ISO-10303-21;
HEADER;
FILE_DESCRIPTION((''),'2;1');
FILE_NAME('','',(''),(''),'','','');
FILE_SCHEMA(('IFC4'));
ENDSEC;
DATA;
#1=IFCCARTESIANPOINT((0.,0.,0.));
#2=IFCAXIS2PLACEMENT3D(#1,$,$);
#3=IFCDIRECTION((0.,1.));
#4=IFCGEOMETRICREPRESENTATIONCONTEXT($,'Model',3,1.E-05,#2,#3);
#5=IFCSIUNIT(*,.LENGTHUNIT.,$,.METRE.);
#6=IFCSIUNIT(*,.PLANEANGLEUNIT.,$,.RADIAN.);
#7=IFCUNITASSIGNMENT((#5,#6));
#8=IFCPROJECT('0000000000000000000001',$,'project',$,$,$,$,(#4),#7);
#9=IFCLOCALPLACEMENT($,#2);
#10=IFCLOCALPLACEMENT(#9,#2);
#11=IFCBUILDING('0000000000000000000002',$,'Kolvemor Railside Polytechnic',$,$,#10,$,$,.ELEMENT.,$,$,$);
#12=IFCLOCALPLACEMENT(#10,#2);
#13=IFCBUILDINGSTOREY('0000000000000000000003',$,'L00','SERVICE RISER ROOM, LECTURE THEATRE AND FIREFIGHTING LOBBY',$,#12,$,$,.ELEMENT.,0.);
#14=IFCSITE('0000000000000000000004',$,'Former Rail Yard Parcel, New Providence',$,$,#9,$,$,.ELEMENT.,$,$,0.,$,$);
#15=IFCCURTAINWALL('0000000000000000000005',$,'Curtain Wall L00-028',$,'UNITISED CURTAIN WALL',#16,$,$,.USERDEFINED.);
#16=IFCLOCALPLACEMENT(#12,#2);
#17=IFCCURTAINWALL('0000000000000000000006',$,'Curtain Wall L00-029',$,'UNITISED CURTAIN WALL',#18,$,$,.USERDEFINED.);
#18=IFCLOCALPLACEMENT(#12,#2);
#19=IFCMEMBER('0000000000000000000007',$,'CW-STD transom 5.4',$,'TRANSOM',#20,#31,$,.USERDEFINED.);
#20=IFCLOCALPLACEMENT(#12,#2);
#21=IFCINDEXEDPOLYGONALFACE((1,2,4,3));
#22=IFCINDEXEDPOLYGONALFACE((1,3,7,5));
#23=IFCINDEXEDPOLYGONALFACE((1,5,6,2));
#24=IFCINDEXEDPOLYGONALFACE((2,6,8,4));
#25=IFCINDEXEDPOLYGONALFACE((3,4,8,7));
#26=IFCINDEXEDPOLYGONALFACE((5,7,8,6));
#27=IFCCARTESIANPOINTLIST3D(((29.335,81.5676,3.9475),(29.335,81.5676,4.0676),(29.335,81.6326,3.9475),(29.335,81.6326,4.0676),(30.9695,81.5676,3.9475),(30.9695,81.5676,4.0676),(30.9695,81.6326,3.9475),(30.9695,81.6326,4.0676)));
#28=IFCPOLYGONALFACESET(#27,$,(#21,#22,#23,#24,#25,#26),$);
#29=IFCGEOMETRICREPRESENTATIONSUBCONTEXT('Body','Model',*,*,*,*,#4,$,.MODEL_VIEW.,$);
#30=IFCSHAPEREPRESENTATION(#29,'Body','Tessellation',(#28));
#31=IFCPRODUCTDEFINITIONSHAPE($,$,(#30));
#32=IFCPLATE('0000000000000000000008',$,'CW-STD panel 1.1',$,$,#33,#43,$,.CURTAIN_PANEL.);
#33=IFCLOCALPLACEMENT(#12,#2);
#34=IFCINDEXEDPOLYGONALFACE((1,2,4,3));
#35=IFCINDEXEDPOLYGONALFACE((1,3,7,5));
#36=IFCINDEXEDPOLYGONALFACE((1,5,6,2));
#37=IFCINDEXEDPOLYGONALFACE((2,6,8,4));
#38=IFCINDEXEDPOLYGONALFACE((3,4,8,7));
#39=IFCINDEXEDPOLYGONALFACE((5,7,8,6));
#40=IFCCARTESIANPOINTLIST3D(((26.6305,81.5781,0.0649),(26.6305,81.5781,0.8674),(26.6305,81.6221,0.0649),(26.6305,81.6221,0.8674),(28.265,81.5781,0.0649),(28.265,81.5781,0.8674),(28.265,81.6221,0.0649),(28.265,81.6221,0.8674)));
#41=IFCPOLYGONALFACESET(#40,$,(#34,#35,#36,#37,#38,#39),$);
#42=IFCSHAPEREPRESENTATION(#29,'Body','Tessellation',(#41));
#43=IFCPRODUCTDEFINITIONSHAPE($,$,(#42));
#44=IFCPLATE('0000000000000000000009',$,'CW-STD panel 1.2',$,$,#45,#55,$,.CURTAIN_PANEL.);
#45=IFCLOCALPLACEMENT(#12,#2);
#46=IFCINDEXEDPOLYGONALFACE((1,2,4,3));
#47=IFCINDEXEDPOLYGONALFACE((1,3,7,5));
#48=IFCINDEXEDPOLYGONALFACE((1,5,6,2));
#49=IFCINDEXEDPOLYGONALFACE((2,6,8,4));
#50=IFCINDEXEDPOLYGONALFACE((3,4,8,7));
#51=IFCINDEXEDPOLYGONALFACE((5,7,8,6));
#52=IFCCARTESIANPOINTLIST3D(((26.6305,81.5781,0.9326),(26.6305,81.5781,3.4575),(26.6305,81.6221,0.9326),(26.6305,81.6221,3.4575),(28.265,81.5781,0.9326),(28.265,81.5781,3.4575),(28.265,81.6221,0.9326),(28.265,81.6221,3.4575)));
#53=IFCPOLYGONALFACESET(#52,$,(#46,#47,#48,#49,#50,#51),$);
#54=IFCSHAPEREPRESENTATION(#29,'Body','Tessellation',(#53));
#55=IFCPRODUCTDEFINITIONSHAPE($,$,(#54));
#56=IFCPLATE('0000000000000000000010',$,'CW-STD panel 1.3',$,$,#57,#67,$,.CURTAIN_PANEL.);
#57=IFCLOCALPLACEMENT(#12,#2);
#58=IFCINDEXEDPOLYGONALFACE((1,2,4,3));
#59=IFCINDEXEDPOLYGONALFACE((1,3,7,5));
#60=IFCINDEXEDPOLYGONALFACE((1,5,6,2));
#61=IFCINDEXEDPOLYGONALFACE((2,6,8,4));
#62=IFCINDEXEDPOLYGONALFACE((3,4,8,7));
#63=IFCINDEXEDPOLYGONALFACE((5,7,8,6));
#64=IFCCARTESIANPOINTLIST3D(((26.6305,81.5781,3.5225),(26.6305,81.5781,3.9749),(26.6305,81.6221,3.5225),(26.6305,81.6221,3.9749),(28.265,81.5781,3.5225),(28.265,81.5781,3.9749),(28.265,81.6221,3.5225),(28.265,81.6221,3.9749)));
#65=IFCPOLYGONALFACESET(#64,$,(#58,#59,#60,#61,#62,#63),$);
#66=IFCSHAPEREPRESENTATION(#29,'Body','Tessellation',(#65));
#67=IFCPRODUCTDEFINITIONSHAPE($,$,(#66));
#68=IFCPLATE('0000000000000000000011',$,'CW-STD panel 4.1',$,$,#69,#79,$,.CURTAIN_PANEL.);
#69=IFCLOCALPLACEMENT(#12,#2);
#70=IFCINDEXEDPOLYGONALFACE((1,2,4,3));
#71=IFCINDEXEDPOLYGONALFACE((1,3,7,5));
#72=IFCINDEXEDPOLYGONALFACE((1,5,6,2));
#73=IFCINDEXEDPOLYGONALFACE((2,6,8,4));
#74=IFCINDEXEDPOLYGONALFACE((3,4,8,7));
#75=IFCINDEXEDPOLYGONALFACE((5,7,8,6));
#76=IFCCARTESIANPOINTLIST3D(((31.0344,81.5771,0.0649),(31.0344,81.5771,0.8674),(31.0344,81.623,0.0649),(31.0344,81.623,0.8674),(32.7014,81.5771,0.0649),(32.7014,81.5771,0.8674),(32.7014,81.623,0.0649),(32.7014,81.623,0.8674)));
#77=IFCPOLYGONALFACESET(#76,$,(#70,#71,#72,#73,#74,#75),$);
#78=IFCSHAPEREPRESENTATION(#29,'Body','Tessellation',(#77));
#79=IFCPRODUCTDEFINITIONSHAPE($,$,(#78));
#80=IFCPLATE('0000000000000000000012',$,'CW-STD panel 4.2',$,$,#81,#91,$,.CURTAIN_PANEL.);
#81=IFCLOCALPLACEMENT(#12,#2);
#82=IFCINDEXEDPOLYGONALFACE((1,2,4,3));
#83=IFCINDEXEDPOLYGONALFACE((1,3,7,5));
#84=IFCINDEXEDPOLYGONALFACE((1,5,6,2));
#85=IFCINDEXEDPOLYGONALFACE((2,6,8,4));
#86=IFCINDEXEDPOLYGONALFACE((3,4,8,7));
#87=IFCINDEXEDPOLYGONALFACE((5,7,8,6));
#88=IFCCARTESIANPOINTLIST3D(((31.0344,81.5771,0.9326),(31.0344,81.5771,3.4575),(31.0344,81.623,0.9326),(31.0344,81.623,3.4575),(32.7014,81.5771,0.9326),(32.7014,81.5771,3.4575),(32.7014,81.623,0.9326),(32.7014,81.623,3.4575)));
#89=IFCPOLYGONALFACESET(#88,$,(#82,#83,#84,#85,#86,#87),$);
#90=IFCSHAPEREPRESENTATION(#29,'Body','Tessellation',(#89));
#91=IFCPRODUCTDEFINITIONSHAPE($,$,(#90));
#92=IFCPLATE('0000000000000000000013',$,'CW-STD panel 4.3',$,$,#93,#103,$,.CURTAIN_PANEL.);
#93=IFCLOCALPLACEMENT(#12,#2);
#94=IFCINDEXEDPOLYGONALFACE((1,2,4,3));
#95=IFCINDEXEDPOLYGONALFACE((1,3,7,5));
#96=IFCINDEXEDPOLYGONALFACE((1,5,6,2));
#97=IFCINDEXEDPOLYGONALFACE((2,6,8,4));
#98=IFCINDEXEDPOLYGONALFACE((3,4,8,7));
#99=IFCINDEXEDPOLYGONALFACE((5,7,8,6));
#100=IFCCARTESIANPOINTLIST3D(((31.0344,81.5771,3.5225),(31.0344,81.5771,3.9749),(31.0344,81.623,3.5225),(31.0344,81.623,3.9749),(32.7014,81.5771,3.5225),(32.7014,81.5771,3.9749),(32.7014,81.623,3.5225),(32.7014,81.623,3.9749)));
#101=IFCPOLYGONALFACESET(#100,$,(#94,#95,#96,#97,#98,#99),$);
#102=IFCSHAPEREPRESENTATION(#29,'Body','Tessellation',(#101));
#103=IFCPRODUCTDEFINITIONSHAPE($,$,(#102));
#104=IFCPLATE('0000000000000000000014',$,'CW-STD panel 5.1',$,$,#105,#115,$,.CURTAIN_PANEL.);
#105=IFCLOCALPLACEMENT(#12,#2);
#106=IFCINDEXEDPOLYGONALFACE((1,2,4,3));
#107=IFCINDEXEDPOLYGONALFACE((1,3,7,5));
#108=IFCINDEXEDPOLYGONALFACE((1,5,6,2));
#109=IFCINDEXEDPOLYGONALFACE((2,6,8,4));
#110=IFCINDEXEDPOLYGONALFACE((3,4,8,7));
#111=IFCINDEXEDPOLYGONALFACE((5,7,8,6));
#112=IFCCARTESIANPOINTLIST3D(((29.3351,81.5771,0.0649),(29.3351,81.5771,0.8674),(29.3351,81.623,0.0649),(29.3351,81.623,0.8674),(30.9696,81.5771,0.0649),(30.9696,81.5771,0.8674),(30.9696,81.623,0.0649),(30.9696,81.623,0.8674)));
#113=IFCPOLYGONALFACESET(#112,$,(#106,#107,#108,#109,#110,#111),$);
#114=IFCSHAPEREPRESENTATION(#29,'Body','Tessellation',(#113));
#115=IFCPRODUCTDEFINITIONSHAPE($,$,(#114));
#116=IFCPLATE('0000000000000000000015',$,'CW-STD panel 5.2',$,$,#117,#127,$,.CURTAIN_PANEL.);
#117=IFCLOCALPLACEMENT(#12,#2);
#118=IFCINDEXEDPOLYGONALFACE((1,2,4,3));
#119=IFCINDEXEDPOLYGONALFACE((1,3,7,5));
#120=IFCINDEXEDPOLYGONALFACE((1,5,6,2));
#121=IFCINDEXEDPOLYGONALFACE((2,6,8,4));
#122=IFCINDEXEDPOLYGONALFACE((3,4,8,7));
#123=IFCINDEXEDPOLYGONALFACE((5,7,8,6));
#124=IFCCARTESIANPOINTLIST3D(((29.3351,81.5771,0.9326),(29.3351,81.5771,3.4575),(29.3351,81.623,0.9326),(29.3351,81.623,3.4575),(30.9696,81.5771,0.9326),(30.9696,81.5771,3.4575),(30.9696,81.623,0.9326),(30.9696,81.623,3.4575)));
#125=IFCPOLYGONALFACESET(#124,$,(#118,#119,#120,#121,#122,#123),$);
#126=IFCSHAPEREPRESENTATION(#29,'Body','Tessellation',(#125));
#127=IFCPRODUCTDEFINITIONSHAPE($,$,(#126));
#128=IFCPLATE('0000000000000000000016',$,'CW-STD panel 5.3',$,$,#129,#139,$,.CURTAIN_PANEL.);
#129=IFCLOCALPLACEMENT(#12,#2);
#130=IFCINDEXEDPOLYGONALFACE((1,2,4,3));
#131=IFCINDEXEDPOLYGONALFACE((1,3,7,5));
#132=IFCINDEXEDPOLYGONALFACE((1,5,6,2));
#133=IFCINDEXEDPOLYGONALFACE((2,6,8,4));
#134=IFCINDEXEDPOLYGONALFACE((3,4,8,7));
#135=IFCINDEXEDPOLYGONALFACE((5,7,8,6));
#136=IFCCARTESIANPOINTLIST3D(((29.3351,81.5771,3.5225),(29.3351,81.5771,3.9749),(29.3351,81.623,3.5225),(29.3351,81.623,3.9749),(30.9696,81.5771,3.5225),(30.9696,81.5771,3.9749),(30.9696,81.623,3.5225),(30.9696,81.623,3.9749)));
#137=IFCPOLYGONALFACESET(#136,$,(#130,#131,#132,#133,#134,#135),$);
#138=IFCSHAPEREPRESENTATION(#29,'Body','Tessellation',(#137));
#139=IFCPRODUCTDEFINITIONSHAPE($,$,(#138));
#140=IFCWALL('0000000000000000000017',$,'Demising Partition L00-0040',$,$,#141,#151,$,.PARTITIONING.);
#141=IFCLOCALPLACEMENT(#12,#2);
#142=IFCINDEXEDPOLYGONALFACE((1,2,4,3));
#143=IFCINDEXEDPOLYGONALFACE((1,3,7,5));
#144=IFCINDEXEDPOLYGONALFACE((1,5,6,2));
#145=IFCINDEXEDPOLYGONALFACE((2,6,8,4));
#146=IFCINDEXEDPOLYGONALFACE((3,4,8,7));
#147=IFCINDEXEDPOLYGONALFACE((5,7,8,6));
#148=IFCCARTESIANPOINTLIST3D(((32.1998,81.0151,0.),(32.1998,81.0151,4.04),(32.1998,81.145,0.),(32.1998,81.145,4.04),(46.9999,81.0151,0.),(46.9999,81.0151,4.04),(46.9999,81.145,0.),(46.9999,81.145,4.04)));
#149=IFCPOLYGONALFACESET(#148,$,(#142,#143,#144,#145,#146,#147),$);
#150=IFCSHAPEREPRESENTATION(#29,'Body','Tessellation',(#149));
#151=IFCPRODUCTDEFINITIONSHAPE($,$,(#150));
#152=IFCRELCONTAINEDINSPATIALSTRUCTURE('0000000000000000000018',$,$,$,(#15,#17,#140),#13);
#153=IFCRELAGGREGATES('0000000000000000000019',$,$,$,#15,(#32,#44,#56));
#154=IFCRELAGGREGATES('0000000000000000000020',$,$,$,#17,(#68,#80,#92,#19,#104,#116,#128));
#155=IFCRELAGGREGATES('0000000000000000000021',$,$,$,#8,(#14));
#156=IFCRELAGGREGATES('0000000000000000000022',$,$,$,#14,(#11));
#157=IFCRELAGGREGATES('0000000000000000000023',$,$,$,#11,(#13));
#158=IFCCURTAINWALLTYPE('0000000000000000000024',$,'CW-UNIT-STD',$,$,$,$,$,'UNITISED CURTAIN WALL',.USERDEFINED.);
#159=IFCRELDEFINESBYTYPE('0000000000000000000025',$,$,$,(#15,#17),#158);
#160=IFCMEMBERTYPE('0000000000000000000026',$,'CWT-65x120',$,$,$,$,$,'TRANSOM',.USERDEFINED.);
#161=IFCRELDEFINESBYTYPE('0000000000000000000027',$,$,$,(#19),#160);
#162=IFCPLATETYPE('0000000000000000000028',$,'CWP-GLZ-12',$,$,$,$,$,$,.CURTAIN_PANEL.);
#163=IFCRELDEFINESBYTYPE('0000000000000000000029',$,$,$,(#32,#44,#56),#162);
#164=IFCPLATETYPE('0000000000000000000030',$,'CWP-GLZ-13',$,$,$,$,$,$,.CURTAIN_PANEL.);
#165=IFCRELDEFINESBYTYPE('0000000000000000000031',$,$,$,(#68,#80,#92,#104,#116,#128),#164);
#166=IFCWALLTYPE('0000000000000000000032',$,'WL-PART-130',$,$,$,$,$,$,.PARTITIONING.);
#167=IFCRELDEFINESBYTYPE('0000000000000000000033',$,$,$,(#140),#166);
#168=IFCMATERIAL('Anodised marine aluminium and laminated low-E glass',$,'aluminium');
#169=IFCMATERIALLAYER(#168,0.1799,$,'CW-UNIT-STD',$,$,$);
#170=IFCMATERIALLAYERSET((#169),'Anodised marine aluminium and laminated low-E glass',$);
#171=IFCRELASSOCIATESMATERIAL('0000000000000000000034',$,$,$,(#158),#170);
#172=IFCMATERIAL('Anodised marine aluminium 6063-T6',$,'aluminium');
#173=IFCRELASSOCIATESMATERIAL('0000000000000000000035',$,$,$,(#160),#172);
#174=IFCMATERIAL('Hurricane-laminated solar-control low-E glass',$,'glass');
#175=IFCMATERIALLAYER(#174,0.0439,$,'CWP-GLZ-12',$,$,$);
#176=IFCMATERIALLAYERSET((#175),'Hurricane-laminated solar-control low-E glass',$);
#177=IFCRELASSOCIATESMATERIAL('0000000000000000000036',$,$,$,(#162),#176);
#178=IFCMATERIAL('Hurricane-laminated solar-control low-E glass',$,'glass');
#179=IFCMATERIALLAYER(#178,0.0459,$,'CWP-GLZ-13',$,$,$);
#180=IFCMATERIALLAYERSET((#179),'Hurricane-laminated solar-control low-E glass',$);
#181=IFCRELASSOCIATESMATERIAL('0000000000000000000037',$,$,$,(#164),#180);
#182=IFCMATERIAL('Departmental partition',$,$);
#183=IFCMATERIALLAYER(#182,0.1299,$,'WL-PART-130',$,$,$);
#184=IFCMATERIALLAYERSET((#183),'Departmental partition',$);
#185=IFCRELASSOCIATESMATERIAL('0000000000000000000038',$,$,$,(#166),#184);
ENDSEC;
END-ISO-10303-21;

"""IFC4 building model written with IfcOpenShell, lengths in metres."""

from ifc_helpers import new_model, si_unit, direction, frame, frame_2d, origin, origin_2d, place, context, subcontext, project, spatial, rectangle, extrude, material, layer, layer_set, material_profile, profile_set, type_object, element, aggregate, save


model = new_model("IFC4")

# Units and contexts
model_context = context("Model", 3, precision=1e-05, world=origin(), true_north=direction((0.0, 1.0)))
body_context = subcontext(model_context, "Body", "Model", "MODEL_VIEW")
ifc_project = project(units=[si_unit("LENGTHUNIT", "METRE"), si_unit("PLANEANGLEUNIT", "RADIAN")], contexts=[model_context])

# Site, building, storey
site_placement = place(None, origin())
site = spatial("IfcSite", under=ifc_project, at=site_placement, Name="Former Rail Yard Parcel, New Providence", CompositionType="ELEMENT", RefElevation=0.0)
building_placement = place(site_placement, origin())
building = spatial("IfcBuilding", under=site, at=building_placement, Name="Kolvemor Railside Polytechnic", CompositionType="ELEMENT")
storey_placement = place(building_placement, origin())
storey = spatial("IfcBuildingStorey", under=building, at=storey_placement, Name="L00", Description="SERVICE RISER ROOM, LECTURE THEATRE AND FIREFIGHTING LOBBY", CompositionType="ELEMENT", Elevation=0.0)

# Curtain walls
ifc_material_1 = material(Name="Anodised marine aluminium and laminated low-E glass", Category="aluminium")
ifc_layer_1 = layer(ifc_material_1, 0.1799, Name="CW-UNIT-STD")
ifc_layer_set_1 = layer_set([ifc_layer_1], Name="Anodised marine aluminium and laminated low-E glass")
curtain_wall_type = type_object("IfcCurtainWallType", Name="CW-UNIT-STD", ElementType="UNITISED CURTAIN WALL", PredefinedType="USERDEFINED", material=ifc_layer_set_1)
curtain_wall_1_placement = place(storey_placement, origin())
curtain_wall_1 = element("IfcCurtainWall", 1, at=curtain_wall_1_placement, inside=storey, type_object=curtain_wall_type, Name="Curtain Wall L00-028", ObjectType="UNITISED CURTAIN WALL", PredefinedType="USERDEFINED")
curtain_wall_2_placement = place(storey_placement, origin())
curtain_wall_2 = element("IfcCurtainWall", 2, at=curtain_wall_2_placement, inside=storey, type_object=curtain_wall_type, Name="Curtain Wall L00-029", ObjectType="UNITISED CURTAIN WALL", PredefinedType="USERDEFINED")

# Member
ifc_material_2 = material(Name="Anodised marine aluminium 6063-T6", Category="aluminium")
ifc_material_profile_1 = material_profile(ifc_material_2, rectangle(XDim=0.0649, YDim=0.1201, at=origin_2d()), Name="CW-TRN-65x120")
ifc_profile_set_1 = profile_set([ifc_material_profile_1], Name="Anodised marine aluminium 6063-T6")
member_type_1 = type_object("IfcMemberType", Name="CWT-65x120", ElementType="TRANSOM", PredefinedType="USERDEFINED", material=ifc_profile_set_1)
member_1_placement = place(storey_placement, frame((30.9695, 81.6001, 4.0076), z_axis=(-1.0, 0.0, 0.0), x_axis=(0.0, -1.0, 0.0)))
member_1 = element("IfcMember", 3, at=member_1_placement, type_object=member_type_1, Name="CW-STD transom 5.4", ObjectType="TRANSOM", PredefinedType="USERDEFINED", context=body_context, shape_type="SweptSolid", body=[
    extrude(rectangle(XDim=0.0649, YDim=0.1201, at=origin_2d()), origin(), (0.0, 0.0, 1.0), 1.6345),
])

# Plates
ifc_material_3 = material(Name="Hurricane-laminated solar-control low-E glass", Category="glass")
ifc_layer_2 = layer(ifc_material_3, 0.0439, Name="CWP-GLZ-12")
ifc_layer_set_2 = layer_set([ifc_layer_2], Name="Hurricane-laminated solar-control low-E glass")
plate_type_1 = type_object("IfcPlateType", Name="CWP-GLZ-12", PredefinedType="CURTAIN_PANEL", material=ifc_layer_set_2)
plate_1_placement = place(storey_placement, frame((27.4478, 81.6001, 0.0649), z_axis=(0.0, 0.0, 1.0), x_axis=(-1.0, 0.0, 0.0)))
plate_1 = element("IfcPlate", 4, at=plate_1_placement, type_object=plate_type_1, Name="CW-STD panel 1.1", PredefinedType="CURTAIN_PANEL", context=body_context, shape_type="SweptSolid", body=[
    extrude(rectangle(XDim=1.6345, YDim=0.0439, at=origin_2d()), origin(), (0.0, 0.0, 1.0), 0.8025),
])
plate_2_placement = place(storey_placement, frame((27.4478, 81.6001, 0.9326), z_axis=(0.0, 0.0, 1.0), x_axis=(-1.0, 0.0, 0.0)))
plate_2 = element("IfcPlate", 5, at=plate_2_placement, type_object=plate_type_1, Name="CW-STD panel 1.2", PredefinedType="CURTAIN_PANEL", context=body_context, shape_type="SweptSolid", body=[
    extrude(rectangle(XDim=1.6345, YDim=0.0439, at=origin_2d()), origin(), (0.0, 0.0, 1.0), 2.5249),
])
plate_3_placement = place(storey_placement, frame((27.4478, 81.6001, 3.5225), z_axis=(0.0, 0.0, 1.0), x_axis=(-1.0, 0.0, 0.0)))
plate_3 = element("IfcPlate", 6, at=plate_3_placement, type_object=plate_type_1, Name="CW-STD panel 1.3", PredefinedType="CURTAIN_PANEL", context=body_context, shape_type="SweptSolid", body=[
    extrude(rectangle(XDim=1.6345, YDim=0.0439, at=origin_2d()), origin(), (0.0, 0.0, 1.0), 0.4524),
])
aggregate(curtain_wall_1, [plate_1, plate_2, plate_3])
ifc_material_4 = material(Name="Hurricane-laminated solar-control low-E glass", Category="glass")
ifc_layer_3 = layer(ifc_material_4, 0.0459, Name="CWP-GLZ-13")
ifc_layer_set_3 = layer_set([ifc_layer_3], Name="Hurricane-laminated solar-control low-E glass")
plate_type_2 = type_object("IfcPlateType", Name="CWP-GLZ-13", PredefinedType="CURTAIN_PANEL", material=ifc_layer_set_3)
plate_4_placement = place(storey_placement, frame((31.8679, 81.6001, 0.0649), z_axis=(0.0, 0.0, 1.0), x_axis=(-1.0, 0.0, 0.0)))
plate_4 = element("IfcPlate", 7, at=plate_4_placement, type_object=plate_type_2, Name="CW-STD panel 4.1", PredefinedType="CURTAIN_PANEL", context=body_context, shape_type="SweptSolid", body=[
    extrude(rectangle(XDim=1.667, YDim=0.0459, at=origin_2d()), origin(), (0.0, 0.0, 1.0), 0.8025),
])
plate_5_placement = place(storey_placement, frame((31.8679, 81.6001, 0.9326), z_axis=(0.0, 0.0, 1.0), x_axis=(-1.0, 0.0, 0.0)))
plate_5 = element("IfcPlate", 8, at=plate_5_placement, type_object=plate_type_2, Name="CW-STD panel 4.2", PredefinedType="CURTAIN_PANEL", context=body_context, shape_type="SweptSolid", body=[
    extrude(rectangle(XDim=1.667, YDim=0.0459, at=origin_2d()), origin(), (0.0, 0.0, 1.0), 2.5249),
])
plate_6_placement = place(storey_placement, frame((31.8679, 81.6001, 3.5225), z_axis=(0.0, 0.0, 1.0), x_axis=(-1.0, 0.0, 0.0)))
plate_6 = element("IfcPlate", 9, at=plate_6_placement, type_object=plate_type_2, Name="CW-STD panel 4.3", PredefinedType="CURTAIN_PANEL", context=body_context, shape_type="SweptSolid", body=[
    extrude(rectangle(XDim=1.667, YDim=0.0459, at=origin_2d()), origin(), (0.0, 0.0, 1.0), 0.4524),
])
plate_7_placement = place(storey_placement, frame((30.1523, 81.6001, 0.0649), z_axis=(0.0, 0.0, 1.0), x_axis=(-1.0, 0.0, 0.0)))
plate_7 = element("IfcPlate", 10, at=plate_7_placement, type_object=plate_type_2, Name="CW-STD panel 5.1", PredefinedType="CURTAIN_PANEL", context=body_context, shape_type="SweptSolid", body=[
    extrude(rectangle(XDim=1.6345, YDim=0.0459, at=origin_2d()), origin(), (0.0, 0.0, 1.0), 0.8025),
])
plate_8_placement = place(storey_placement, frame((30.1523, 81.6001, 0.9326), z_axis=(0.0, 0.0, 1.0), x_axis=(-1.0, 0.0, 0.0)))
plate_8 = element("IfcPlate", 11, at=plate_8_placement, type_object=plate_type_2, Name="CW-STD panel 5.2", PredefinedType="CURTAIN_PANEL", context=body_context, shape_type="SweptSolid", body=[
    extrude(rectangle(XDim=1.6345, YDim=0.0459, at=origin_2d()), origin(), (0.0, 0.0, 1.0), 2.5249),
])
plate_9_placement = place(storey_placement, frame((30.1523, 81.6001, 3.5225), z_axis=(0.0, 0.0, 1.0), x_axis=(-1.0, 0.0, 0.0)))
plate_9 = element("IfcPlate", 12, at=plate_9_placement, type_object=plate_type_2, Name="CW-STD panel 5.3", PredefinedType="CURTAIN_PANEL", context=body_context, shape_type="SweptSolid", body=[
    extrude(rectangle(XDim=1.6345, YDim=0.0459, at=origin_2d()), origin(), (0.0, 0.0, 1.0), 0.4524),
])
aggregate(curtain_wall_2, [plate_4, plate_5, plate_6, member_1, plate_7, plate_8, plate_9])

# Wall
ifc_material_5 = material(Name="Departmental partition")
ifc_layer_4 = layer(ifc_material_5, 0.1299, Name="WL-PART-130")
ifc_layer_set_4 = layer_set([ifc_layer_4], Name="Departmental partition")
wall_type = type_object("IfcWallType", Name="WL-PART-130", PredefinedType="PARTITIONING", material=ifc_layer_set_4)
wall_placement = place(storey_placement, frame((32.2, 81.0801, 0.0), z_axis=(0.0, 0.0, 1.0), x_axis=(1.0, 0.0, 0.0)))
element("IfcWall", 13, at=wall_placement, inside=storey, type_object=wall_type, Name="Demising Partition L00-0040", PredefinedType="PARTITIONING", context=body_context, shape_type="SweptSolid", body=[
    extrude(rectangle(XDim=14.8, YDim=0.1299, at=frame_2d((7.3999, 0.0))), origin(), (0.0, 0.0, 1.0), 4.04),
])

save(model, "model.ifc")
